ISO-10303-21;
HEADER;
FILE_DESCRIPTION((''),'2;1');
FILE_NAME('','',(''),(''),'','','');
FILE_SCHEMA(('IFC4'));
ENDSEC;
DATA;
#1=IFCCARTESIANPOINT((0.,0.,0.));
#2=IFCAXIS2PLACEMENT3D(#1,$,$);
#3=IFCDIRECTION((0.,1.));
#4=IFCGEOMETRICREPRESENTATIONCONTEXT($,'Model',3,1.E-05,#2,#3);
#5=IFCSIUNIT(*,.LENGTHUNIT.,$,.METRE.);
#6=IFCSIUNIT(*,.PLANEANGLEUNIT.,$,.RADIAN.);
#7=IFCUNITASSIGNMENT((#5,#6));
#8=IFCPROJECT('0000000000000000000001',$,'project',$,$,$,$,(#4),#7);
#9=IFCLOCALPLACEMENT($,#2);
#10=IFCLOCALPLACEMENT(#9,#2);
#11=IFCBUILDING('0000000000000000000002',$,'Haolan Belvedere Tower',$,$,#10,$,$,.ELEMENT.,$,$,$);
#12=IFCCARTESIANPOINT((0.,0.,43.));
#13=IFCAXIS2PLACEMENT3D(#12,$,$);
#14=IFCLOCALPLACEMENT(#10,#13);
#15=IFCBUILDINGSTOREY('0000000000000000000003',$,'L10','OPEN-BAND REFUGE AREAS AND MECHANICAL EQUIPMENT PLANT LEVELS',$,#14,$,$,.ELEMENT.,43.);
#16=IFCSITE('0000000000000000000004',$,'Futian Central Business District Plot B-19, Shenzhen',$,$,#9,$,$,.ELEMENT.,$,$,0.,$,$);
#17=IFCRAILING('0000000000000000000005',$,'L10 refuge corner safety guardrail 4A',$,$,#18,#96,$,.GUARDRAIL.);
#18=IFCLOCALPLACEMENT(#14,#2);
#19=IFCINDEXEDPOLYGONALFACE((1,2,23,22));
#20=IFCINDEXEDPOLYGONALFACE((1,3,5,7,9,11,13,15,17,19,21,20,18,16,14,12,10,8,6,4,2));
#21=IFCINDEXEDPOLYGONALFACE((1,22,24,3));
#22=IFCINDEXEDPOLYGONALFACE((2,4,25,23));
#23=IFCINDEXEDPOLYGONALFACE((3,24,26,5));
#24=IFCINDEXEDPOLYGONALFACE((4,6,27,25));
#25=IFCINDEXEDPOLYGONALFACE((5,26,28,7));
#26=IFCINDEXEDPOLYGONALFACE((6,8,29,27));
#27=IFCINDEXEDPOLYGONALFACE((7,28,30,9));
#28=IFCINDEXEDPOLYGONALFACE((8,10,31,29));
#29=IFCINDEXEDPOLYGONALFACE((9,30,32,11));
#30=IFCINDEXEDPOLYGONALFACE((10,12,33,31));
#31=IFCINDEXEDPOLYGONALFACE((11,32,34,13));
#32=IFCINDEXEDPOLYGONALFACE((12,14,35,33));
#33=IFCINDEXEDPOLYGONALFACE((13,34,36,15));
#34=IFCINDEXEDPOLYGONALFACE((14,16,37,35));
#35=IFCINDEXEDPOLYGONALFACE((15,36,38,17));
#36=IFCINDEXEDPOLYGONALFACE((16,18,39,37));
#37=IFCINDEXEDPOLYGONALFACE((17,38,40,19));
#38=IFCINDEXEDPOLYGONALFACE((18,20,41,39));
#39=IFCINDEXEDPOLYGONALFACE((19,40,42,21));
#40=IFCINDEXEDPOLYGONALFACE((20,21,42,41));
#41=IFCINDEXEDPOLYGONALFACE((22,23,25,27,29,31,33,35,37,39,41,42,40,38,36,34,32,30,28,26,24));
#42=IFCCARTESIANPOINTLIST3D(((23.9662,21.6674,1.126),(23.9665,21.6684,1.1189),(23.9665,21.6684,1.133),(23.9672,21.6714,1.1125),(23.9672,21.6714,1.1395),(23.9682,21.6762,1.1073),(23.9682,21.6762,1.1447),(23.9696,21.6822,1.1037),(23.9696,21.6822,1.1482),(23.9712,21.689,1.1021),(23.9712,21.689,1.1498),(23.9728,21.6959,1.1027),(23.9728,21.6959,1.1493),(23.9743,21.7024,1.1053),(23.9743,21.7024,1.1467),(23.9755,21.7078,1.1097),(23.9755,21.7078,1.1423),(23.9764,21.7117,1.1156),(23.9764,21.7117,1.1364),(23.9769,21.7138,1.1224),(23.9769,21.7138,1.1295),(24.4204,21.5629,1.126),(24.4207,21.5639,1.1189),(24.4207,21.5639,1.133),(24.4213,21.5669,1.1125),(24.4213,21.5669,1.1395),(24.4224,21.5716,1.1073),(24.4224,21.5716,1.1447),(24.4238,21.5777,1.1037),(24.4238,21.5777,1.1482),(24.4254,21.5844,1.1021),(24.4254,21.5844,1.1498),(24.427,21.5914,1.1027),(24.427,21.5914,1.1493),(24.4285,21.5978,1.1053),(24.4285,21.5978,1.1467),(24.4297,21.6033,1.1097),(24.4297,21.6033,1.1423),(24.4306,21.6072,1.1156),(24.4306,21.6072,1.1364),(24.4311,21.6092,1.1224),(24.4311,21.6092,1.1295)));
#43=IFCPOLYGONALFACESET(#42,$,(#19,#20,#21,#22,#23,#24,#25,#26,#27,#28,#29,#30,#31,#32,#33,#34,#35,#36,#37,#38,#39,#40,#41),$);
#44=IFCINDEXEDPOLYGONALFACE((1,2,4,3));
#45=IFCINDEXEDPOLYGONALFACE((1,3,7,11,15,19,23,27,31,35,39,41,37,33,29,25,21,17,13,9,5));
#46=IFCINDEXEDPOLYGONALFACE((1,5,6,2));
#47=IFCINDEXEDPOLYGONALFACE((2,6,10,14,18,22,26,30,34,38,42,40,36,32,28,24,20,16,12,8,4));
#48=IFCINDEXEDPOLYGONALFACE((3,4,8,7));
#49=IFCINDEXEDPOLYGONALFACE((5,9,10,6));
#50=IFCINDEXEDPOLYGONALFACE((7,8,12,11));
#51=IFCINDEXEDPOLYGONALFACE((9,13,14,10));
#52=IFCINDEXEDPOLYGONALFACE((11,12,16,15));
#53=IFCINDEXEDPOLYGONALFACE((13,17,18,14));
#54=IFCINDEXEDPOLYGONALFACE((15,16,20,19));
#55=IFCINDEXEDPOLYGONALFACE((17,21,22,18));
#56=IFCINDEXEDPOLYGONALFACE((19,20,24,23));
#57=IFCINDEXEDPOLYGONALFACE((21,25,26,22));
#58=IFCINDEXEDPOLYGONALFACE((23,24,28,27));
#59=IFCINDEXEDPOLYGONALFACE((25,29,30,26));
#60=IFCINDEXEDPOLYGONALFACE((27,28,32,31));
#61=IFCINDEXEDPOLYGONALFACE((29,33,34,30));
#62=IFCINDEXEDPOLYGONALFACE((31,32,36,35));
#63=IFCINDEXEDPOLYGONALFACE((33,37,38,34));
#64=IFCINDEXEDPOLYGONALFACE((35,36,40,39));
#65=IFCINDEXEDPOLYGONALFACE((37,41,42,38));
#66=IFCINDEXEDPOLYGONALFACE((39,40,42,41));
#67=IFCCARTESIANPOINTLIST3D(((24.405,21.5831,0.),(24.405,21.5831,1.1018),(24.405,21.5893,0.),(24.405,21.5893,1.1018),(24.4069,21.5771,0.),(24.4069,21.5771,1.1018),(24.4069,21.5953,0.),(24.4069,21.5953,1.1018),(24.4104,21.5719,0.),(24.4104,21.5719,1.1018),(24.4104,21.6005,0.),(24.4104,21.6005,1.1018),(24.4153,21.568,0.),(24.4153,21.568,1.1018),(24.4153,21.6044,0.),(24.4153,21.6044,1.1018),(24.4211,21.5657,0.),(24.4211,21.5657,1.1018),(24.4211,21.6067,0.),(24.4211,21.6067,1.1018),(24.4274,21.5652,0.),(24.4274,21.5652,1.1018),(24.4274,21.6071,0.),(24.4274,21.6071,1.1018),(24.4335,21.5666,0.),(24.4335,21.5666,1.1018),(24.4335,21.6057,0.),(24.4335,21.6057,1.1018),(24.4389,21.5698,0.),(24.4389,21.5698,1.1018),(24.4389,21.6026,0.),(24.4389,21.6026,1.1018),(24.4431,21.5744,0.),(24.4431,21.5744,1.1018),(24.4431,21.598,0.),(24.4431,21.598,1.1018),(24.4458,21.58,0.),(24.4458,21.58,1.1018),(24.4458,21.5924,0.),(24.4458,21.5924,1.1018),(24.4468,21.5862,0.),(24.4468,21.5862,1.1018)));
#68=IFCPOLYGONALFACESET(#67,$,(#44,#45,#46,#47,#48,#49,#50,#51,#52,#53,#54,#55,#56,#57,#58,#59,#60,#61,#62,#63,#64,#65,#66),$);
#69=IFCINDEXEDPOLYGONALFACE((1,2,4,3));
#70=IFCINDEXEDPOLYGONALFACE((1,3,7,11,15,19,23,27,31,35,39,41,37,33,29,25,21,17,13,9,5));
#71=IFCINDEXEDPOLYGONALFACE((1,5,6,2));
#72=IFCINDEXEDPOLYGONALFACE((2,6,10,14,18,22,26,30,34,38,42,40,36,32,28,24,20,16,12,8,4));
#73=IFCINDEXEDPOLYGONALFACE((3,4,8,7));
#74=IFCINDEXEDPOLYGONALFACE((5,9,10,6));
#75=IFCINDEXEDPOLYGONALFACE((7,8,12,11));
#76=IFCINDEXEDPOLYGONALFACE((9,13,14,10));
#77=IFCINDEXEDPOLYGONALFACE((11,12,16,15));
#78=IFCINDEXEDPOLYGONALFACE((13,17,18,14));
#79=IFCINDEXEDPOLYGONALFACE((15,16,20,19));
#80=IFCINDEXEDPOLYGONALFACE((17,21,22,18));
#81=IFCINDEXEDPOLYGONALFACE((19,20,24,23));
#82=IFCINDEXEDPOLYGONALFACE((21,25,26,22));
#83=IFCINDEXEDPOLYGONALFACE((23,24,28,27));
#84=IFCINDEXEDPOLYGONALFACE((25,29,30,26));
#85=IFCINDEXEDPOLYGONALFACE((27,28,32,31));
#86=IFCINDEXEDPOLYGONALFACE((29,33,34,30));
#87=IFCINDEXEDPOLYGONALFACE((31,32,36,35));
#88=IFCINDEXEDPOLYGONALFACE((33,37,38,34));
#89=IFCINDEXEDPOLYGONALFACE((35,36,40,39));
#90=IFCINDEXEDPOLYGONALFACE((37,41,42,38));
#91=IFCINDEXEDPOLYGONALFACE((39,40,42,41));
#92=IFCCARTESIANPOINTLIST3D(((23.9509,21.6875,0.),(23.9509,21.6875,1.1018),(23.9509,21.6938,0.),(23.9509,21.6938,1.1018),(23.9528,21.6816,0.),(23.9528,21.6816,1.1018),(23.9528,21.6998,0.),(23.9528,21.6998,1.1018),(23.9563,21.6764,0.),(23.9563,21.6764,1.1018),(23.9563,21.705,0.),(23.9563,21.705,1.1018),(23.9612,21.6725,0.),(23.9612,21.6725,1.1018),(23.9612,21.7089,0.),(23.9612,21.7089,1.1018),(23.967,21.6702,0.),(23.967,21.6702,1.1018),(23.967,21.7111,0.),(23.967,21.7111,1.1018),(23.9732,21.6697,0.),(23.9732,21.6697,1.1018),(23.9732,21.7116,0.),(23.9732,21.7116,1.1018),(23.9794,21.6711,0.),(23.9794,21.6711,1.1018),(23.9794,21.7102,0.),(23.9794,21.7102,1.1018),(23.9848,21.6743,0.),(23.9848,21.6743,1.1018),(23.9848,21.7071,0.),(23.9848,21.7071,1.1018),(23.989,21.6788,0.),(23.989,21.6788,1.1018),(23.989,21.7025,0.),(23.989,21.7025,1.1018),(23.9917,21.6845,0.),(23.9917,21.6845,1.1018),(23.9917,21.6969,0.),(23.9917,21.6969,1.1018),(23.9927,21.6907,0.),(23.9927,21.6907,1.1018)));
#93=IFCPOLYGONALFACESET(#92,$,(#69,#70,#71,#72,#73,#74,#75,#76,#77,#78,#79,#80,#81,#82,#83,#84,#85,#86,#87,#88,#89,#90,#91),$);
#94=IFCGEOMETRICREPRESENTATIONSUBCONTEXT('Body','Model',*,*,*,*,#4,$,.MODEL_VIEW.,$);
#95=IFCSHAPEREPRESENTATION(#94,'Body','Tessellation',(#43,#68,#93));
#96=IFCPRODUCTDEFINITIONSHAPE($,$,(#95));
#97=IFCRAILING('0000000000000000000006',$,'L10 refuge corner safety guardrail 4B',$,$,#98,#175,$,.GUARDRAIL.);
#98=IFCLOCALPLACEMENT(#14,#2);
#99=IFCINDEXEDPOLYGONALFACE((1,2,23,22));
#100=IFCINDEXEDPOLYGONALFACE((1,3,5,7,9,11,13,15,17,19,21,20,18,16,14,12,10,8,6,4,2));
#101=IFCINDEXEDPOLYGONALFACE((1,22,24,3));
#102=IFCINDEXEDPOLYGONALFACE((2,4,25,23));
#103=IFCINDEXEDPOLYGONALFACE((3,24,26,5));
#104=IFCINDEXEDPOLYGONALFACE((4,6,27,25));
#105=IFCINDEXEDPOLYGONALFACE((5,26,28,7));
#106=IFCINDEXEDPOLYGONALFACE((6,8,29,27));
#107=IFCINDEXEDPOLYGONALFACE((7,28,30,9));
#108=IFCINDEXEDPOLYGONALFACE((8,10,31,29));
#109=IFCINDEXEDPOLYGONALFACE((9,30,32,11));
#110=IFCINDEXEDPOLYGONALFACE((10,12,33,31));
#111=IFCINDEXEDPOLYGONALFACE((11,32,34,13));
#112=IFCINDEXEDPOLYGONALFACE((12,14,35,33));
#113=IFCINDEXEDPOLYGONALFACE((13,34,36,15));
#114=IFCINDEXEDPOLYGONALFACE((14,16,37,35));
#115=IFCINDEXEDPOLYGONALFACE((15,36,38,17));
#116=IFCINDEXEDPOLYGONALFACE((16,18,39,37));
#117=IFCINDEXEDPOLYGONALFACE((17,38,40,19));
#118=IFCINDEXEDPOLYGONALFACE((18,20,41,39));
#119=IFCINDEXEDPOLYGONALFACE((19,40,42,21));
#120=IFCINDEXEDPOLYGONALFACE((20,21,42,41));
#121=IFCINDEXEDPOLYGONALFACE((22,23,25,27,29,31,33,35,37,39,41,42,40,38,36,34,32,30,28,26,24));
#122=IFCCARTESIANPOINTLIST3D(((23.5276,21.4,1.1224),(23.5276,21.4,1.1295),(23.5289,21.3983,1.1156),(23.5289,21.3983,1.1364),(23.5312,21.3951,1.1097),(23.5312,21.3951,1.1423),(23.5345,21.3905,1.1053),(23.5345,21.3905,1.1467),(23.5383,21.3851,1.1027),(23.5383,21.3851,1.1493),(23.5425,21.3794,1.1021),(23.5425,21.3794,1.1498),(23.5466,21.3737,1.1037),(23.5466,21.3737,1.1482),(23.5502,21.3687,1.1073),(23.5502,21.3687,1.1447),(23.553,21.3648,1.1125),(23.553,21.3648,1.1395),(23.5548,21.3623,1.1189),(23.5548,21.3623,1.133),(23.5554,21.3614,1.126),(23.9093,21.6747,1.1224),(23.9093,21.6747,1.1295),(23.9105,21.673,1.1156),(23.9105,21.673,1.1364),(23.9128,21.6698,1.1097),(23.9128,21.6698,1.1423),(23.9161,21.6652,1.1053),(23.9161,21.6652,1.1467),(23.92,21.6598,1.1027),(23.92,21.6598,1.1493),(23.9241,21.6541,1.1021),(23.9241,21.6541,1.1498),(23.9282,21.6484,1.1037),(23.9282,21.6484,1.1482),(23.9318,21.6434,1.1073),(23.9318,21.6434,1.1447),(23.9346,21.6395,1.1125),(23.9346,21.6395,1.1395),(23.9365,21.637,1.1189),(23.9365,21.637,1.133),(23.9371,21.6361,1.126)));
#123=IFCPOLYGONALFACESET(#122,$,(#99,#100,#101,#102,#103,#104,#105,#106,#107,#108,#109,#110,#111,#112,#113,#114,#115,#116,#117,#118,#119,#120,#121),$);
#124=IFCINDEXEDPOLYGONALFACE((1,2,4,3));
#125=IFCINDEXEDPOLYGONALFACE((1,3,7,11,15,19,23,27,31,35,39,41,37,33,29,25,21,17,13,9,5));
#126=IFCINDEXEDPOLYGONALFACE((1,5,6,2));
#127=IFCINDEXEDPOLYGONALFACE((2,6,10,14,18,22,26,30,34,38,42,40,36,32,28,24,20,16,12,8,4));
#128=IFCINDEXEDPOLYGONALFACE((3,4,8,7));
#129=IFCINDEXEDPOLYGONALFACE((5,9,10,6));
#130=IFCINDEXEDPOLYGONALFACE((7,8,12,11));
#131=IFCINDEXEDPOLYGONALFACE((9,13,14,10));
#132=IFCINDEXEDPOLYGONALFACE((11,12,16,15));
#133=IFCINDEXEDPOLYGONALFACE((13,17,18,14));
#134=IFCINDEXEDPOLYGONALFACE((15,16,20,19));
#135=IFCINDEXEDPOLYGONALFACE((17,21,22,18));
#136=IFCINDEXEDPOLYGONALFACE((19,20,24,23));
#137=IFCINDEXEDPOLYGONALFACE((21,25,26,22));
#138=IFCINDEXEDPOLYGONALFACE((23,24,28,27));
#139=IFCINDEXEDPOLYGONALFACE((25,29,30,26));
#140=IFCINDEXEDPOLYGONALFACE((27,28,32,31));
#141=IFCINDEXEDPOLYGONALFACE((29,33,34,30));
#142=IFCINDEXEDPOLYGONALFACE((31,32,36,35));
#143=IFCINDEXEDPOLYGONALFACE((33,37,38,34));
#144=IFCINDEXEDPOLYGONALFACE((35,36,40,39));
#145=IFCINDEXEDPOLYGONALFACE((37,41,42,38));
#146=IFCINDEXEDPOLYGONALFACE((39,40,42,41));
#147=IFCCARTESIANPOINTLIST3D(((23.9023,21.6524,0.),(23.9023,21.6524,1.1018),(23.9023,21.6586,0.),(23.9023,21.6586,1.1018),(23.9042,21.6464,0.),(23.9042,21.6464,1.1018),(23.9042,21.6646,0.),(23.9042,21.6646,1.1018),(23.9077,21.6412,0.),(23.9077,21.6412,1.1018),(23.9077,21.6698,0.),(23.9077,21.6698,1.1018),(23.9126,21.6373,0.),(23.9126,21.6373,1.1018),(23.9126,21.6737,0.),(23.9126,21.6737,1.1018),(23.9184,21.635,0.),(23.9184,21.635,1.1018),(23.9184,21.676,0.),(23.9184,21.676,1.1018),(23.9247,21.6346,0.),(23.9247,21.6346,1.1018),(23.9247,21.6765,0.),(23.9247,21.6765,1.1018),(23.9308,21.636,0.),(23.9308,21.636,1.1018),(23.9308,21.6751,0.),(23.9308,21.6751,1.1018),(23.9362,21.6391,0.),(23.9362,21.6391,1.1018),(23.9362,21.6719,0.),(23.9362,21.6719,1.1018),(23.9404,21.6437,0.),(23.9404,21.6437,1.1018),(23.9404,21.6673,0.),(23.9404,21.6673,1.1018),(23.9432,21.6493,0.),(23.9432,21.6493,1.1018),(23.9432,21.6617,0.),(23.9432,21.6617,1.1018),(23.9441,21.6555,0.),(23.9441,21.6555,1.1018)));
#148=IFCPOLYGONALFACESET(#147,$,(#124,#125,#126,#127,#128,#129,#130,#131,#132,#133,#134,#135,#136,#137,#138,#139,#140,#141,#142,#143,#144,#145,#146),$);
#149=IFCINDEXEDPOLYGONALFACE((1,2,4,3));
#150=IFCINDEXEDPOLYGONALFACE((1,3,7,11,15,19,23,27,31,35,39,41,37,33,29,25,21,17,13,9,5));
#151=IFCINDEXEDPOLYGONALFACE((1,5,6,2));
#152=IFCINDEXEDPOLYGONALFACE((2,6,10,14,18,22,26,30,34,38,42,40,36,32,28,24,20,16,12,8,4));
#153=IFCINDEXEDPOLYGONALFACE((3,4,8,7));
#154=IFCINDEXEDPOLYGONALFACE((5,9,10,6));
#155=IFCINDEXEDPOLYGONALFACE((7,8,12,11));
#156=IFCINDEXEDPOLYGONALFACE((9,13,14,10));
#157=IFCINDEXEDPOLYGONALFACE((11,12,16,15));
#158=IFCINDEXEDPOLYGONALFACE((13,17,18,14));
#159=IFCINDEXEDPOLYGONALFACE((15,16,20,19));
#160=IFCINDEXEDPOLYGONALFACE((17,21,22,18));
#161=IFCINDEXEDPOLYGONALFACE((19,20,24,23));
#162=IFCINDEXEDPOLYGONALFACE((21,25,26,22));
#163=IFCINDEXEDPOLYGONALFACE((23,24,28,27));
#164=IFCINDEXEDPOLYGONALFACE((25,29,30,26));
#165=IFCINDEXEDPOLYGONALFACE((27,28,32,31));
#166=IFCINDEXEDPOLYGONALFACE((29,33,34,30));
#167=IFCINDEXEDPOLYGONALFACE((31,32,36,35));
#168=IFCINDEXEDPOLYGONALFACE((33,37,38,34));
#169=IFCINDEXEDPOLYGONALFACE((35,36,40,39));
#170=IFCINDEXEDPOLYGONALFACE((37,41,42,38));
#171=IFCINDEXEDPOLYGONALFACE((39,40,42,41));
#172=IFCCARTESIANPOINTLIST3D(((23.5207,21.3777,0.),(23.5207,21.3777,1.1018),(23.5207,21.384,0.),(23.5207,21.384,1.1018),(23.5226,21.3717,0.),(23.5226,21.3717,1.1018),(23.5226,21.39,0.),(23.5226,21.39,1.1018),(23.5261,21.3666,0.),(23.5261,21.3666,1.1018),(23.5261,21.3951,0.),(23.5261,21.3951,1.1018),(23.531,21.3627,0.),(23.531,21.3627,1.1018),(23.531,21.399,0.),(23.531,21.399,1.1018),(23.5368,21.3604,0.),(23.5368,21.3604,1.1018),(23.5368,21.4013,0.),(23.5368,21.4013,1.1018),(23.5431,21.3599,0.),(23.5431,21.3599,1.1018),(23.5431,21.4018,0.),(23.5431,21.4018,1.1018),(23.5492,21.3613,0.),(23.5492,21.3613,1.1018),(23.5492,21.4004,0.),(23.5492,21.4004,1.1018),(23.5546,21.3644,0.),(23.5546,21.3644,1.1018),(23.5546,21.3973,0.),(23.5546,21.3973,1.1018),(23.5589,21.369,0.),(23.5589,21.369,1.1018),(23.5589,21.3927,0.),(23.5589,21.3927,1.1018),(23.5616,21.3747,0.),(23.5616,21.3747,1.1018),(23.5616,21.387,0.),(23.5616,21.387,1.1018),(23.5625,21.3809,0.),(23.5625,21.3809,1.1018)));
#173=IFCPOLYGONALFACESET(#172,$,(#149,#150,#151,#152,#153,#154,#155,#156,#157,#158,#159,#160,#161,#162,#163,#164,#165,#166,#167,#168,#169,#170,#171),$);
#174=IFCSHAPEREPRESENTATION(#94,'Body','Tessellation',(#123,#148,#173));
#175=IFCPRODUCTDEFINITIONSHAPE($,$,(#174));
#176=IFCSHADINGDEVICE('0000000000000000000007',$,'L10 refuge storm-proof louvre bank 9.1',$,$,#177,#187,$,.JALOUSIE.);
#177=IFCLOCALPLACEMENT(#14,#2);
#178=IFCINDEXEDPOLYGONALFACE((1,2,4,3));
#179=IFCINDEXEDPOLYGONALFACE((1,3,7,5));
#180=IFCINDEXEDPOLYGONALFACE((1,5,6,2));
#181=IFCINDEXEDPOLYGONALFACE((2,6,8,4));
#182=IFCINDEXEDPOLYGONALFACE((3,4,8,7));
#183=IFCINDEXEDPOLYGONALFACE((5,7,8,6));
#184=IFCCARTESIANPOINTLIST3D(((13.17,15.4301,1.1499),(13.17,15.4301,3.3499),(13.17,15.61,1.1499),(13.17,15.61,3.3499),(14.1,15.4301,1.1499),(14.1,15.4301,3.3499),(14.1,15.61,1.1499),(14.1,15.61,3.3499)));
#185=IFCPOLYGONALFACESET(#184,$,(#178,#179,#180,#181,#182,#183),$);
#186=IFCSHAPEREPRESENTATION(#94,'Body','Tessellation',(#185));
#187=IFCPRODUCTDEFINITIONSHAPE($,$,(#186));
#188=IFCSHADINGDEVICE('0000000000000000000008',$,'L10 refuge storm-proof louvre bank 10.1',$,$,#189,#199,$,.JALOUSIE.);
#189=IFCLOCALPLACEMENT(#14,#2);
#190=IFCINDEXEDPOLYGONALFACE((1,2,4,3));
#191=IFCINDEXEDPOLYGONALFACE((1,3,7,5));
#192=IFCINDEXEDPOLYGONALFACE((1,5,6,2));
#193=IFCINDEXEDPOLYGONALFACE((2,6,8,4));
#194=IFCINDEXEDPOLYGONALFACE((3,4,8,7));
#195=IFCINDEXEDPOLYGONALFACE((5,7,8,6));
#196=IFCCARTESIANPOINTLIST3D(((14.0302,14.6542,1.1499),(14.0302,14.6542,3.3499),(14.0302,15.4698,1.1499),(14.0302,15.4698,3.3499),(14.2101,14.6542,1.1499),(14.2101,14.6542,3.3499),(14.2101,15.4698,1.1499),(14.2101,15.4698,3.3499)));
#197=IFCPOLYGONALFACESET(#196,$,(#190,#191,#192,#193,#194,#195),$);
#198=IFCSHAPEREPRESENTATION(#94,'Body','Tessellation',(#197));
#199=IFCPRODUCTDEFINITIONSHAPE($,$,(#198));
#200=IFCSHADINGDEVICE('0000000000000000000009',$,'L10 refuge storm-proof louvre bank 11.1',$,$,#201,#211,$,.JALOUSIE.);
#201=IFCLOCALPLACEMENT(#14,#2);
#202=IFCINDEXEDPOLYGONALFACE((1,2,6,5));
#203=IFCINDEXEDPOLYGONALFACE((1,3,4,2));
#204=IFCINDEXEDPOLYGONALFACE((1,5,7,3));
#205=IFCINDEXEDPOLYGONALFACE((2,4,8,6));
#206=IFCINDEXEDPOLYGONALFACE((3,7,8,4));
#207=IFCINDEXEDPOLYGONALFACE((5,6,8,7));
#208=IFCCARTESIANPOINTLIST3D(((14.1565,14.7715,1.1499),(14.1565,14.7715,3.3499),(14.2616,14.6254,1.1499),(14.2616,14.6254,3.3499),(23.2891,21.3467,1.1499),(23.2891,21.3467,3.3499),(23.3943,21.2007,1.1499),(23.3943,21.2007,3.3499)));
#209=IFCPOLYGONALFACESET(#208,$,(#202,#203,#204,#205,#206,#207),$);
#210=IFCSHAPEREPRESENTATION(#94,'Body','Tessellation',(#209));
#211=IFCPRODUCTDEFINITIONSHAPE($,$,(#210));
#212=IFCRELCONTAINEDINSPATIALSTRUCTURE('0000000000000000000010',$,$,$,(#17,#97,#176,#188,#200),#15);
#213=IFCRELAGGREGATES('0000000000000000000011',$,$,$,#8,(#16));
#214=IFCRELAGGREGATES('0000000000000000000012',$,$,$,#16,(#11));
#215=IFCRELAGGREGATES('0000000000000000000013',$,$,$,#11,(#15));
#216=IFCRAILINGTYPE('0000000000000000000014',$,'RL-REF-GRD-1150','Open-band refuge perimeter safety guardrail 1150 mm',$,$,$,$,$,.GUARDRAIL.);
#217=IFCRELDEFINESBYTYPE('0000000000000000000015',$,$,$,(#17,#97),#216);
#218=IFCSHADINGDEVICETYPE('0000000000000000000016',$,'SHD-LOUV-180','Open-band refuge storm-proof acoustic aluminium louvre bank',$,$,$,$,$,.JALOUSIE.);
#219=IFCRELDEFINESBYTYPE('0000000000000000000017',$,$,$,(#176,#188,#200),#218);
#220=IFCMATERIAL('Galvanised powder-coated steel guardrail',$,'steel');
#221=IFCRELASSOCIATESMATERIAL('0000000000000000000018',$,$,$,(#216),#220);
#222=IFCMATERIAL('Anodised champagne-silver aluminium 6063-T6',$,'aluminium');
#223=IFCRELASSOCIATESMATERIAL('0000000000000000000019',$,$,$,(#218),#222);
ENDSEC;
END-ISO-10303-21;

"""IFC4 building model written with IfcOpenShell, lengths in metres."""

from ifc_helpers import new_model, si_unit, direction, frame, origin, origin_2d, place, context, subcontext, project, spatial, rectangle, circle, extrude, material, type_object, element, save


model = new_model("IFC4")

# Units and contexts
model_context = context("Model", 3, precision=1e-05, world=origin(), true_north=direction((0.0, 1.0)))
body_context = subcontext(model_context, "Body", "Model", "MODEL_VIEW")
ifc_project = project(units=[si_unit("LENGTHUNIT", "METRE"), si_unit("PLANEANGLEUNIT", "RADIAN")], contexts=[model_context])

# Site, building, storey
site_placement = place(None, origin())
site = spatial("IfcSite", under=ifc_project, at=site_placement, Name="Futian Central Business District Plot B-19, Shenzhen", CompositionType="ELEMENT", RefElevation=0.0)
building_placement = place(site_placement, origin())
building = spatial("IfcBuilding", under=site, at=building_placement, Name="Haolan Belvedere Tower", CompositionType="ELEMENT")
storey_placement = place(building_placement, frame((0.0, 0.0, 43.0)))
storey = spatial("IfcBuildingStorey", under=building, at=storey_placement, Name="L10", Description="OPEN-BAND REFUGE AREAS AND MECHANICAL EQUIPMENT PLANT LEVELS", CompositionType="ELEMENT", Elevation=43.0)

# Railings
ifc_material_1 = material(Name="Galvanised powder-coated steel guardrail", Category="steel")
railing_type = type_object("IfcRailingType", Name="RL-REF-GRD-1150", Description="Open-band refuge perimeter safety guardrail 1150 mm", PredefinedType="GUARDRAIL", material=ifc_material_1)
railing_1_placement = place(storey_placement, frame((24.4258, 21.5862, 0.0)))
element("IfcRailing", 1, at=railing_1_placement, inside=storey, type_object=railing_type, Name="L10 refuge corner safety guardrail 4A", PredefinedType="GUARDRAIL", context=body_context, shape_type="SweptSolid", body=[
    extrude(circle(Radius=0.0239, at=origin_2d()), frame((0.0, 0.0, 1.126), z_axis=(-0.974532, 0.224247, 0.0), x_axis=(-0.224247, -0.974532, 0.0)), (0.0, 0.0, 1.0), 0.4661),
    extrude(circle(Radius=0.021, at=origin_2d()), origin(), (0.0, 0.0, 1.0), 1.1018),
    extrude(circle(Radius=0.021, at=origin_2d()), frame((-0.4541, 0.1045, 0.0)), (0.0, 0.0, 1.0), 1.1018),
])
railing_2_placement = place(storey_placement, frame((23.9231, 21.6555, 0.0)))
element("IfcRailing", 2, at=railing_2_placement, inside=storey, type_object=railing_type, Name="L10 refuge corner safety guardrail 4B", PredefinedType="GUARDRAIL", context=body_context, shape_type="SweptSolid", body=[
    extrude(circle(Radius=0.0239, at=origin_2d()), frame((0.0, 0.0, 1.126), z_axis=(-0.811623, -0.584182, 0.0), x_axis=(0.584182, -0.811623, 0.0)), (0.0, 0.0, 1.0), 0.4702),
    extrude(circle(Radius=0.021, at=origin_2d()), origin(), (0.0, 0.0, 1.0), 1.1018),
    extrude(circle(Radius=0.021, at=origin_2d()), frame((-0.3816, -0.2747, 0.0)), (0.0, 0.0, 1.0), 1.1018),
])

# Shading devices
ifc_material_2 = material(Name="Anodised champagne-silver aluminium 6063-T6", Category="aluminium")
shading_device_type = type_object("IfcShadingDeviceType", Name="SHD-LOUV-180", Description="Open-band refuge storm-proof acoustic aluminium louvre bank", PredefinedType="JALOUSIE", material=ifc_material_2)
shading_device_1_placement = place(storey_placement, frame((13.635, 15.52, 1.1499), z_axis=(0.0, 0.0, 1.0), x_axis=(1.0, 0.0, 0.0)))
element("IfcShadingDevice", 3, at=shading_device_1_placement, inside=storey, type_object=shading_device_type, Name="L10 refuge storm-proof louvre bank 9.1", PredefinedType="JALOUSIE", context=body_context, shape_type="SweptSolid", body=[
    extrude(rectangle(XDim=0.9299, YDim=0.1799, at=origin_2d()), origin(), (0.0, 0.0, 1.0), 2.2),
])
shading_device_2_placement = place(storey_placement, frame((14.1201, 15.062, 1.1499), z_axis=(0.0, 0.0, 1.0), x_axis=(0.0, -1.0, 0.0)))
element("IfcShadingDevice", 4, at=shading_device_2_placement, inside=storey, type_object=shading_device_type, Name="L10 refuge storm-proof louvre bank 10.1", PredefinedType="JALOUSIE", context=body_context, shape_type="SweptSolid", body=[
    extrude(rectangle(XDim=0.8157, YDim=0.1799, at=origin_2d()), origin(), (0.0, 0.0, 1.0), 2.2),
])
shading_device_3_placement = place(storey_placement, frame((18.7754, 17.9861, 1.1499), z_axis=(0.0, 0.0, 1.0), x_axis=(0.811543, 0.584292, 0.0)))
element("IfcShadingDevice", 5, at=shading_device_3_placement, inside=storey, type_object=shading_device_type, Name="L10 refuge storm-proof louvre bank 11.1", PredefinedType="JALOUSIE", context=body_context, shape_type="SweptSolid", body=[
    extrude(rectangle(XDim=11.2534, YDim=0.1799, at=origin_2d()), origin(), (0.0, 0.0, 1.0), 2.2),
])

save(model, "model.ifc")
